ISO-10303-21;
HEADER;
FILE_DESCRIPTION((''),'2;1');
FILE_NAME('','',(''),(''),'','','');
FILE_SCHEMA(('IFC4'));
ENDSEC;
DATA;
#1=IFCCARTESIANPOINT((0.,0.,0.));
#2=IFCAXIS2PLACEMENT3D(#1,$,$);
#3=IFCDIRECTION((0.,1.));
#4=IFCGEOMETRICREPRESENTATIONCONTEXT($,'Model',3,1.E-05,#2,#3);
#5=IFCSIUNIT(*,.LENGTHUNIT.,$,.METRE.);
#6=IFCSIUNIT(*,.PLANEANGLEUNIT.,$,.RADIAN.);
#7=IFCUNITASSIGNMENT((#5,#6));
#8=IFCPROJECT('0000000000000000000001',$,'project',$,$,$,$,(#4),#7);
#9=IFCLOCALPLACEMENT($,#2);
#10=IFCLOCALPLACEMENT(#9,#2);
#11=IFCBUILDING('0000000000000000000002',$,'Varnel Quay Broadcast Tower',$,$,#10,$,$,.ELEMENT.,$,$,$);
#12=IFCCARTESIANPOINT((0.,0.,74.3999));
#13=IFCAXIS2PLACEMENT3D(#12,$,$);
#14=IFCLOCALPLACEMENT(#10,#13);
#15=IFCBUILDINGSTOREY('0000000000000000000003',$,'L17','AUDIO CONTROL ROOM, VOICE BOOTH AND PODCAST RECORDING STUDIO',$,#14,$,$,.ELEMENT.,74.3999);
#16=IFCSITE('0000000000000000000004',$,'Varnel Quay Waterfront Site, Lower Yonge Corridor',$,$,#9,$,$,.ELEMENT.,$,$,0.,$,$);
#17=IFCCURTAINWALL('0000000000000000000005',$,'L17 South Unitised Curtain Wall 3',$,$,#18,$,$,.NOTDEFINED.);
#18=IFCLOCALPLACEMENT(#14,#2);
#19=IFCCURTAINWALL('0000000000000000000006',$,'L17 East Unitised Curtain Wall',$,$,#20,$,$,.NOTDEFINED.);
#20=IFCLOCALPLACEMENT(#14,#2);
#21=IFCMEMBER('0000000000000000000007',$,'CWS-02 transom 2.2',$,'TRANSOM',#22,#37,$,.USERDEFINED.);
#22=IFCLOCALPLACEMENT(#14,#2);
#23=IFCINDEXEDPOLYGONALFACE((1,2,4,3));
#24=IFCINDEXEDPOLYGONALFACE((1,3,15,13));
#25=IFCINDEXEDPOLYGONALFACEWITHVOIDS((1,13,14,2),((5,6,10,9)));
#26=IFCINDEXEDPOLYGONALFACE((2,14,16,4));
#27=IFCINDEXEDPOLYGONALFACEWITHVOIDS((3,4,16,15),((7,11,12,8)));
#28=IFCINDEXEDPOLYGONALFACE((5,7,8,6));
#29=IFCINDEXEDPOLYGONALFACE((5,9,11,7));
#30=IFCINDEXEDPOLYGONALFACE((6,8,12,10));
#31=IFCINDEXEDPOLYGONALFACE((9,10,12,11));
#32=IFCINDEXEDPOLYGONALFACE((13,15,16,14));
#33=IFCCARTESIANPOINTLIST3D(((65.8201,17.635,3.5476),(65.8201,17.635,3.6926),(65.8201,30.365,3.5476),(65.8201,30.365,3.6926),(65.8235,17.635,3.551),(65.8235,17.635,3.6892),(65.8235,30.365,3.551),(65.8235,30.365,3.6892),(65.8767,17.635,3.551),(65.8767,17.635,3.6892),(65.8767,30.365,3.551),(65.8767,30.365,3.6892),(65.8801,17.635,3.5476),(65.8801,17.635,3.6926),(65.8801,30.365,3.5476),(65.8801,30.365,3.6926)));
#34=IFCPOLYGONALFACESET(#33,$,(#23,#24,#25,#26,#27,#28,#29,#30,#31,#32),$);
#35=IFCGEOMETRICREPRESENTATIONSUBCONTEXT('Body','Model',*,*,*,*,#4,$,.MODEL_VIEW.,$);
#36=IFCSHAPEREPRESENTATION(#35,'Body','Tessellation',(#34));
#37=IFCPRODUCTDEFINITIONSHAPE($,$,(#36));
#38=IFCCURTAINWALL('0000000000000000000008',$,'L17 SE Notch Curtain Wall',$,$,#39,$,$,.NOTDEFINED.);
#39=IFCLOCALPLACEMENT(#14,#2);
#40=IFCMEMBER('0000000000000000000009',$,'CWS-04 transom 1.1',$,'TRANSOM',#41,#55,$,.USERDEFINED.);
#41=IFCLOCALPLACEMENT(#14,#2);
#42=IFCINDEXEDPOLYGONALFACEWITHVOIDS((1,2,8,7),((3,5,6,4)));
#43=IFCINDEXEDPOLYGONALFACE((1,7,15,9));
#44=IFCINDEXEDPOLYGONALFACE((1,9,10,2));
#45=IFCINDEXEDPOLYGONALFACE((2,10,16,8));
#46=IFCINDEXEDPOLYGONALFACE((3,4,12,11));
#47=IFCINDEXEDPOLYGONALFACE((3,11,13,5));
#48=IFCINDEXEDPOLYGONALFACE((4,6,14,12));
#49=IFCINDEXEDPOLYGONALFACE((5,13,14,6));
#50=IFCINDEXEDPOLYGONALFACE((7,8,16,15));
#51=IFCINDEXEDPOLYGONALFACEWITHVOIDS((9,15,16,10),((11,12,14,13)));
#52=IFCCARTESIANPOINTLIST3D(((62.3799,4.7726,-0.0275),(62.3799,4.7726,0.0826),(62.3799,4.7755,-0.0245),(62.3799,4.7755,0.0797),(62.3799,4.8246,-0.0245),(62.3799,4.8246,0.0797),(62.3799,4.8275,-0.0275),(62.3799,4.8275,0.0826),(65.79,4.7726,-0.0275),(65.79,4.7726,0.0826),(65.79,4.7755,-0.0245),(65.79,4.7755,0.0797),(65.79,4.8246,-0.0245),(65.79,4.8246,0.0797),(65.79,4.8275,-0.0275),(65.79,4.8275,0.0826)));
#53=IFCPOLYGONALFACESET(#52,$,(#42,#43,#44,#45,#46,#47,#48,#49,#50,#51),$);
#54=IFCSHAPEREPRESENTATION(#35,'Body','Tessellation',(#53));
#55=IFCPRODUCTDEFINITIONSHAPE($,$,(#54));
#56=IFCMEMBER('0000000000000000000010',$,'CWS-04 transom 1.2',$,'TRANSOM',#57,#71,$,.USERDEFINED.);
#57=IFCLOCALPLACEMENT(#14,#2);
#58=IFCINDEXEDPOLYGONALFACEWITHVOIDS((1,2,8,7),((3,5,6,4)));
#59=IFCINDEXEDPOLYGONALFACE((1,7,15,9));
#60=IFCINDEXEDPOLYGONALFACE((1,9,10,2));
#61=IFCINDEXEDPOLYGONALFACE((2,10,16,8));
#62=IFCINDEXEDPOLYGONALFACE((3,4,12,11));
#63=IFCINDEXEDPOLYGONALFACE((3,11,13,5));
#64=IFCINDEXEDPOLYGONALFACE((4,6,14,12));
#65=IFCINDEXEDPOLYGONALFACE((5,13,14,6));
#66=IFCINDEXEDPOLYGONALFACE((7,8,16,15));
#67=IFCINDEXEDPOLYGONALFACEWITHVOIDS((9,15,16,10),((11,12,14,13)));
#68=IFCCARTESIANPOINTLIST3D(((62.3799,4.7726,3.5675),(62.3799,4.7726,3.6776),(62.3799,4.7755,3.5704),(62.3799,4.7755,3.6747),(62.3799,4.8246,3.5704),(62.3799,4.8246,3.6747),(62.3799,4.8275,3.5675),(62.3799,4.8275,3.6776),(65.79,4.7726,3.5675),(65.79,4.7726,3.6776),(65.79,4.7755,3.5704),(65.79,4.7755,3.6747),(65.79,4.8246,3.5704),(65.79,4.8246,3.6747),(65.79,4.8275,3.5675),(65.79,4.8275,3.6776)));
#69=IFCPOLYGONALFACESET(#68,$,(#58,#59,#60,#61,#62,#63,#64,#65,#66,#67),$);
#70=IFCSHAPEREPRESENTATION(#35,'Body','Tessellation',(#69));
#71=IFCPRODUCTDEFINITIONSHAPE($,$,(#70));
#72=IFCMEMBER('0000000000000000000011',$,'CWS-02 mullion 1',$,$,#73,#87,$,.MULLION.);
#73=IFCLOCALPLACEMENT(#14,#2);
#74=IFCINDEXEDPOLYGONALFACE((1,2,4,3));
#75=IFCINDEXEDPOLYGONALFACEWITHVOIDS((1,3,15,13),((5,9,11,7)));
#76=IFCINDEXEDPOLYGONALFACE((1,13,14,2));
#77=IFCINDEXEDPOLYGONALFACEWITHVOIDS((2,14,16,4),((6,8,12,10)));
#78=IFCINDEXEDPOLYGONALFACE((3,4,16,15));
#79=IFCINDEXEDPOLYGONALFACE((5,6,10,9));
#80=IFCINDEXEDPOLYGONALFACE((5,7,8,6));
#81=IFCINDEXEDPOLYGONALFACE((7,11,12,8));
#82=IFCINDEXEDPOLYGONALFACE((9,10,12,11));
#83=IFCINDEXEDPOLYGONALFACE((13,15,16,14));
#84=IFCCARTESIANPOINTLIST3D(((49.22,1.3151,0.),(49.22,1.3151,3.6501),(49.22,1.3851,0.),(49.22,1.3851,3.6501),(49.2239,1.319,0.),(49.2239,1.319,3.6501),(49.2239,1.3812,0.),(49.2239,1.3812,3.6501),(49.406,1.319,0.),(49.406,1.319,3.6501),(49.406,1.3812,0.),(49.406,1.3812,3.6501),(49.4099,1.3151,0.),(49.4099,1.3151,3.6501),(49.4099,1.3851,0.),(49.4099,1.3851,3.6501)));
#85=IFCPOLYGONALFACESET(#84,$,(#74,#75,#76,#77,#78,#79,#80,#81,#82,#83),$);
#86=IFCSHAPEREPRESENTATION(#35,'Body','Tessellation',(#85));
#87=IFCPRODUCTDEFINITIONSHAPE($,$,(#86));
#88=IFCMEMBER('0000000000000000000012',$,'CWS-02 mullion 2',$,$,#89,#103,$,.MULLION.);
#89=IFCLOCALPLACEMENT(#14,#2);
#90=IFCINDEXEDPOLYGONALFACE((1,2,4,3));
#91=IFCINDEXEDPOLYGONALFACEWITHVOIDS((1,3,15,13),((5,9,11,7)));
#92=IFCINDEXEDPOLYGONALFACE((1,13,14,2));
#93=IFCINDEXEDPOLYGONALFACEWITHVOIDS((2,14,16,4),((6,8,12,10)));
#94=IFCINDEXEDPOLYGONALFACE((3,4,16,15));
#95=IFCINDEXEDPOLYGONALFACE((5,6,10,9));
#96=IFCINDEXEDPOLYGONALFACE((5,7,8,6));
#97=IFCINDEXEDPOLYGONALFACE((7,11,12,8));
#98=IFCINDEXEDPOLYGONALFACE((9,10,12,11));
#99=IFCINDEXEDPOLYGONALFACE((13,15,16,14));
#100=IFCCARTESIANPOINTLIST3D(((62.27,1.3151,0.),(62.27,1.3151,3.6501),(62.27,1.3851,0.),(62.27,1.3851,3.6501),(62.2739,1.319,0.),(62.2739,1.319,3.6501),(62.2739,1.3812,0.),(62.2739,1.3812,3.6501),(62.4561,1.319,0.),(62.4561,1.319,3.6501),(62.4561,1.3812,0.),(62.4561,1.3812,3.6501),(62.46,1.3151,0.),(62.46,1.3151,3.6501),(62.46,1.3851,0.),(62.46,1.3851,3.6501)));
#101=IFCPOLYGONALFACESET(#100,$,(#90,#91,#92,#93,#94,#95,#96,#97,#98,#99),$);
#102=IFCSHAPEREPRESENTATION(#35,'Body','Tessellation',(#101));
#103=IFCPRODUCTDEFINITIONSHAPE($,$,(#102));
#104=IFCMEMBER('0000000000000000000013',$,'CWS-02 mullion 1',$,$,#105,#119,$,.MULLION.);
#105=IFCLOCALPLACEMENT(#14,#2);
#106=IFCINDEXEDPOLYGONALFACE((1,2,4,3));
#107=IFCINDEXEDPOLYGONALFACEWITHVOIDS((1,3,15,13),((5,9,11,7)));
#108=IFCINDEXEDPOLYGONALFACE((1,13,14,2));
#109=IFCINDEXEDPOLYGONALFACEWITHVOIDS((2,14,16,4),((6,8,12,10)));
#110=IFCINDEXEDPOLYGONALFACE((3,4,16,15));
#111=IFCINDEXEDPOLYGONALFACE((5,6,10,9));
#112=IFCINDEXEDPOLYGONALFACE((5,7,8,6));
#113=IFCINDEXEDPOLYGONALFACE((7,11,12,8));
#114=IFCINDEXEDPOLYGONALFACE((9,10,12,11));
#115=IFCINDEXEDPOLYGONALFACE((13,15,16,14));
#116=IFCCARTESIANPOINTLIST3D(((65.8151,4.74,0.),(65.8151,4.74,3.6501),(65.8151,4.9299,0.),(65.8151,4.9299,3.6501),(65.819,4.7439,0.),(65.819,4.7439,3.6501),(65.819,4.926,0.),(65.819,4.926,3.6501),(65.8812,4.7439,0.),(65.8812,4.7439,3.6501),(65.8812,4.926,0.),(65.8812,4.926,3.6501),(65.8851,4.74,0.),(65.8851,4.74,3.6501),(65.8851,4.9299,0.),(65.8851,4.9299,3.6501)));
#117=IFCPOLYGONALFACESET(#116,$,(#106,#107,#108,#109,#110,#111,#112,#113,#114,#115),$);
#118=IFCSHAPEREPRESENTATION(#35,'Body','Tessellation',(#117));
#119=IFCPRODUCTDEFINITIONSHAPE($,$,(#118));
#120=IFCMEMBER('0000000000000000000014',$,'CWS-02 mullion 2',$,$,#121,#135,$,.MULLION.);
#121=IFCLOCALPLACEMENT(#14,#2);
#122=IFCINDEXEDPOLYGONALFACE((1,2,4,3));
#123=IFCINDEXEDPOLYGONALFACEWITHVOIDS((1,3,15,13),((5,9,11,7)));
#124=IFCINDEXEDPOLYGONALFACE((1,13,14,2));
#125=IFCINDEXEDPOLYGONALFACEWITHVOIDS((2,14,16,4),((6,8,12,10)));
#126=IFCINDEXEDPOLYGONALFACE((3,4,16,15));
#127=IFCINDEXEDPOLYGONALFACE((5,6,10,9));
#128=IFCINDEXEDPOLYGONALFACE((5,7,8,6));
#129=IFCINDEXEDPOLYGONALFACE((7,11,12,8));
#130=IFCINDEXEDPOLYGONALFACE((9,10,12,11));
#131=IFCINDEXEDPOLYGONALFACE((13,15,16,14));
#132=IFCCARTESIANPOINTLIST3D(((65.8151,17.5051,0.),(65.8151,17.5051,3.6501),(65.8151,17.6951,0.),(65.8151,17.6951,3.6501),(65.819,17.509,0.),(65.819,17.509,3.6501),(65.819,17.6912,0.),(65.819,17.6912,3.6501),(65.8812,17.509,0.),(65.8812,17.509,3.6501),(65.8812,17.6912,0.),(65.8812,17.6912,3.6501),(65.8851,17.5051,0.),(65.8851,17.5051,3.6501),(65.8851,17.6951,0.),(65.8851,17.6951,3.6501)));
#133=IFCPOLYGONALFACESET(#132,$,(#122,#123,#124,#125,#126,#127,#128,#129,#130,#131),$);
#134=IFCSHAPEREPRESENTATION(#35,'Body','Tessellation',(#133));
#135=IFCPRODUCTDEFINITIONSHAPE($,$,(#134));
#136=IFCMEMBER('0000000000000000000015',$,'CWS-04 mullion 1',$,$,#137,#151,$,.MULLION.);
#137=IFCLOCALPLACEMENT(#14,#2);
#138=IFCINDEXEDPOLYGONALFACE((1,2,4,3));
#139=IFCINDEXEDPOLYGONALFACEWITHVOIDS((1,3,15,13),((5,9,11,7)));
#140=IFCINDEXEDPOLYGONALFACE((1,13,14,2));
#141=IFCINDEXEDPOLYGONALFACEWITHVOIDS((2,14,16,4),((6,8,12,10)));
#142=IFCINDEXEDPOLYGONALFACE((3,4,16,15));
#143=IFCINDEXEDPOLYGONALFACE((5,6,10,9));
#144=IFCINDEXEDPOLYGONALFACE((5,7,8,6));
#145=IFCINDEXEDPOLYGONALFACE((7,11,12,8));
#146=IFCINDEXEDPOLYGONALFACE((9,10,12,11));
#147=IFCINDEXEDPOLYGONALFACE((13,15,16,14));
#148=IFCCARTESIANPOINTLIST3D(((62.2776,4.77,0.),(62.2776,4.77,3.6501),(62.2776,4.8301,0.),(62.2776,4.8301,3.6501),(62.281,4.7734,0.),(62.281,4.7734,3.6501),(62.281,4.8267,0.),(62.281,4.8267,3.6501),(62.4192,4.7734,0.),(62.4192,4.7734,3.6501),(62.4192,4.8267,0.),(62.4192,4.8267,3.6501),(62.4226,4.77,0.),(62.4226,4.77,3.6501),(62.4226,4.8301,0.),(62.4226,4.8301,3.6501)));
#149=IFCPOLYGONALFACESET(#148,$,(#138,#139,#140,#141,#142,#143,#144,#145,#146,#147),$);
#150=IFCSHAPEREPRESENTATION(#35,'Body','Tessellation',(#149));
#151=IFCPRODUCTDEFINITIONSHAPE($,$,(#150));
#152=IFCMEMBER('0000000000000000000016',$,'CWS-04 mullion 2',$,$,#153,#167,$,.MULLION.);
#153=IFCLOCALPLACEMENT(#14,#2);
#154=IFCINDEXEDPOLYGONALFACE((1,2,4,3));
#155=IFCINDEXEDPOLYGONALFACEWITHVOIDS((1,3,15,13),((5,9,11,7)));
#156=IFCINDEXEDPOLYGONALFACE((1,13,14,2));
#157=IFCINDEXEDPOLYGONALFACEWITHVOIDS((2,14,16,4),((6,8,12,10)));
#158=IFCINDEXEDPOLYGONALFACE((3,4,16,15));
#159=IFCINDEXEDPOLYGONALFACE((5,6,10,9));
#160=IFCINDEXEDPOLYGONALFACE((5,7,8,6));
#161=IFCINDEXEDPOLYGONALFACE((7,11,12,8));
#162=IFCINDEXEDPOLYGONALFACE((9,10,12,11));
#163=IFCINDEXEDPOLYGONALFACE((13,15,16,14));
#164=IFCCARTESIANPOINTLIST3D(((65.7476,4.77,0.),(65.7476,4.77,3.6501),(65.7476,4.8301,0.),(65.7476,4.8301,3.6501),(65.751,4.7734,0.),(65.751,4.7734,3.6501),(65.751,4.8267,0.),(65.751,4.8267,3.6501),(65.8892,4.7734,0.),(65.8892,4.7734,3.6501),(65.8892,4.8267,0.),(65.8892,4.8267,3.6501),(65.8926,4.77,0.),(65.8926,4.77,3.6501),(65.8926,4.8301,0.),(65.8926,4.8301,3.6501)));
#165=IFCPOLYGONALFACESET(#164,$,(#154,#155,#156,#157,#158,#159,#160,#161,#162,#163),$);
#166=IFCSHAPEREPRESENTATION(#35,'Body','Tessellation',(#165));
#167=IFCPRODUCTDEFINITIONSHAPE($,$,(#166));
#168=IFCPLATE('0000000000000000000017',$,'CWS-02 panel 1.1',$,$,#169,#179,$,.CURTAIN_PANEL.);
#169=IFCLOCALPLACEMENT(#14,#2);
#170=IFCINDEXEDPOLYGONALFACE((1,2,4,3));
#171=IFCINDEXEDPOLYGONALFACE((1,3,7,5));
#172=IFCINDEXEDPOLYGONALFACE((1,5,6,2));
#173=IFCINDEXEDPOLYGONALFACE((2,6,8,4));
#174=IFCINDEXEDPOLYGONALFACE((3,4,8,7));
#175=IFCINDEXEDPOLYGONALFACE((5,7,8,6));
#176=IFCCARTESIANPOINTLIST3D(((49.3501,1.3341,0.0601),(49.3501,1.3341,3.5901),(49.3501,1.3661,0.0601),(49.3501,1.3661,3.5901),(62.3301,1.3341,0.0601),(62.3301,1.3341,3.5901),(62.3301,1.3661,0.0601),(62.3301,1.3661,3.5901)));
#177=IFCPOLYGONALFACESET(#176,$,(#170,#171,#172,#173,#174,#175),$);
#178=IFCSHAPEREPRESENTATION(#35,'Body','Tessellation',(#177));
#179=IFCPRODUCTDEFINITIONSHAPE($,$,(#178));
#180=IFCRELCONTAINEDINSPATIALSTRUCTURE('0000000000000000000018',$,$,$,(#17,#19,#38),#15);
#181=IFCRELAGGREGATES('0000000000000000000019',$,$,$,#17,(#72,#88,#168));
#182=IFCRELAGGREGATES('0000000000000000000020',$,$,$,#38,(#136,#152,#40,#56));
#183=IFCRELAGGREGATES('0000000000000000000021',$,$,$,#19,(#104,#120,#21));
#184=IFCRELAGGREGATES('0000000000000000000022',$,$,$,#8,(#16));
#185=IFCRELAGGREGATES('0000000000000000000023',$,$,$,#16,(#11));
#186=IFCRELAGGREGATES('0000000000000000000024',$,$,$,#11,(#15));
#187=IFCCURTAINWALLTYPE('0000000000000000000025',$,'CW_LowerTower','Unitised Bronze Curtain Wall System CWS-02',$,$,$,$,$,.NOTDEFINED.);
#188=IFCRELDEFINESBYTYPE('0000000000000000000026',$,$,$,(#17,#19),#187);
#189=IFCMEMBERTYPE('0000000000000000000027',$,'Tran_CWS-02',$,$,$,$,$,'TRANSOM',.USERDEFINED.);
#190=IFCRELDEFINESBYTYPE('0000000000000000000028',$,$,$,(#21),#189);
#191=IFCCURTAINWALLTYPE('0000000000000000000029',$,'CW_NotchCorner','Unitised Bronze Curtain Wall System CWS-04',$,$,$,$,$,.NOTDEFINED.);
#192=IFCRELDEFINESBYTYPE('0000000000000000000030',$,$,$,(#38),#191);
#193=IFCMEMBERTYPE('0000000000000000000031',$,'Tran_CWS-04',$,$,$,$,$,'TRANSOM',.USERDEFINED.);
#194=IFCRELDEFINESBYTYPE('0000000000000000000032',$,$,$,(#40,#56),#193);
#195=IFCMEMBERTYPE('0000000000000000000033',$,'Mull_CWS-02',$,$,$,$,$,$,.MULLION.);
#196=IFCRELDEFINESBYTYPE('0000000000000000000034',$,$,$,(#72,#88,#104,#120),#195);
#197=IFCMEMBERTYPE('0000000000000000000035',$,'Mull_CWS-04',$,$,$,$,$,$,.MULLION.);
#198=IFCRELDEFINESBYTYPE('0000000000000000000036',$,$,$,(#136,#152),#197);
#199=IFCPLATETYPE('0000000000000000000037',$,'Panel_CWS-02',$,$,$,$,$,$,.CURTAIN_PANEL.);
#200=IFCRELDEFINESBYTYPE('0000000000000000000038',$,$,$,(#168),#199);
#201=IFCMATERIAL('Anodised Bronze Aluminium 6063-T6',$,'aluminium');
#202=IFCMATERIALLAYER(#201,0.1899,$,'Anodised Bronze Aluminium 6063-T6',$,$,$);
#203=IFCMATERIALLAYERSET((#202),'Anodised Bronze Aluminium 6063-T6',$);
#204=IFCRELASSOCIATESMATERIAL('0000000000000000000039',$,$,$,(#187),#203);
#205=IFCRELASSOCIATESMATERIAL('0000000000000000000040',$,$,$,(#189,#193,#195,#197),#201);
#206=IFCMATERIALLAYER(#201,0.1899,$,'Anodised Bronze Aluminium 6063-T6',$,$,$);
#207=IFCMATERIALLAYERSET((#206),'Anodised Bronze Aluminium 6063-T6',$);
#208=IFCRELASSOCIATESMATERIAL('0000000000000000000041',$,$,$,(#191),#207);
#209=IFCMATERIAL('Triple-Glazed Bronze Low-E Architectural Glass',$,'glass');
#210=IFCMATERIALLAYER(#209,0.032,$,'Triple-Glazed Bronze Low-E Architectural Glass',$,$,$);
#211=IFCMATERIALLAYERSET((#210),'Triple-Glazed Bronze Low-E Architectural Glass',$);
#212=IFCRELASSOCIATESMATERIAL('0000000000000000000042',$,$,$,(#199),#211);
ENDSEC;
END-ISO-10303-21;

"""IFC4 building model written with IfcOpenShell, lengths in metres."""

from ifc_helpers import new_model, si_unit, direction, frame, origin, origin_2d, place, context, subcontext, project, spatial, rectangle, hollow_rectangle, extrude, source, transform, mapped, material, layer, layer_set, material_profile, profile_set, type_object, type_shapes, element, aggregate, save


model = new_model("IFC4")

# Units and contexts
model_context = context("Model", 3, precision=1e-05, world=origin(), true_north=direction((0.0, 1.0)))
body_context = subcontext(model_context, "Body", "Model", "MODEL_VIEW")
ifc_project = project(units=[si_unit("LENGTHUNIT", "METRE"), si_unit("PLANEANGLEUNIT", "RADIAN")], contexts=[model_context])

# Site, building, storey
site_placement = place(None, origin())
site = spatial("IfcSite", under=ifc_project, at=site_placement, Name="Varnel Quay Waterfront Site, Lower Yonge Corridor", CompositionType="ELEMENT", RefElevation=0.0)
building_placement = place(site_placement, origin())
building = spatial("IfcBuilding", under=site, at=building_placement, Name="Varnel Quay Broadcast Tower", CompositionType="ELEMENT")
storey_placement = place(building_placement, frame((0.0, 0.0, 74.3999)))
storey = spatial("IfcBuildingStorey", under=building, at=storey_placement, Name="L17", Description="AUDIO CONTROL ROOM, VOICE BOOTH AND PODCAST RECORDING STUDIO", CompositionType="ELEMENT", Elevation=74.3999)

# Curtain walls, members
ifc_material_1 = material(Name="Anodised Bronze Aluminium 6063-T6", Category="aluminium")
ifc_layer_1 = layer(ifc_material_1, 0.1899, Name="Anodised Bronze Aluminium 6063-T6")
ifc_layer_set_1 = layer_set([ifc_layer_1], Name="Anodised Bronze Aluminium 6063-T6")
curtain_wall_type_1 = type_object("IfcCurtainWallType", Name="CW_LowerTower", Description="Unitised Bronze Curtain Wall System CWS-02", PredefinedType="NOTDEFINED", material=ifc_layer_set_1)
curtain_wall_1_placement = place(storey_placement, origin())
curtain_wall_1 = element("IfcCurtainWall", 1, at=curtain_wall_1_placement, inside=storey, type_object=curtain_wall_type_1, Name="L17 South Unitised Curtain Wall 3", PredefinedType="NOTDEFINED")
ifc_material_profile_1 = material_profile(ifc_material_1, hollow_rectangle(XDim=0.0601, YDim=0.145, WallThickness=0.0034, at=origin_2d()), Name="ALU60X145X3.5")
ifc_profile_set_1 = profile_set([ifc_material_profile_1], Name="Anodised Bronze Aluminium 6063-T6")
member_type_1 = type_object("IfcMemberType", Name="Tran_CWS-02", ElementType="TRANSOM", PredefinedType="USERDEFINED", material=ifc_profile_set_1)
curtain_wall_2_placement = place(storey_placement, origin())
curtain_wall_2 = element("IfcCurtainWall", 2, at=curtain_wall_2_placement, inside=storey, type_object=curtain_wall_type_1, Name="L17 East Unitised Curtain Wall", PredefinedType="NOTDEFINED")
shared_shape_1 = source(origin(), body_context, "Body", "SweptSolid", [
    extrude(hollow_rectangle(XDim=0.0601, YDim=0.145, WallThickness=0.0034, at=origin_2d()), origin(), (0.0, 0.0, 1.0), 12.73),
])
member_1_placement = place(storey_placement, frame((65.8501, 17.635, 3.6201), z_axis=(0.0, 1.0, 0.0), x_axis=(-1.0, 0.0, 0.0)))
member_1 = element("IfcMember", 3, at=member_1_placement, type_object=member_type_1, Name="CWS-02 transom 2.2", ObjectType="TRANSOM", PredefinedType="USERDEFINED", context=body_context, shape_type="MappedRepresentation", body=[
    mapped(shared_shape_1, transform((0.0, 0.0, 0.0), x_axis=(1.0, 0.0, 0.0), y_axis=(0.0, 1.0, 0.0), z_axis=(0.0, 0.0, 1.0), scale=1.0)),
])
ifc_layer_2 = layer(ifc_material_1, 0.1899, Name="Anodised Bronze Aluminium 6063-T6")
ifc_layer_set_2 = layer_set([ifc_layer_2], Name="Anodised Bronze Aluminium 6063-T6")
curtain_wall_type_2 = type_object("IfcCurtainWallType", Name="CW_NotchCorner", Description="Unitised Bronze Curtain Wall System CWS-04", PredefinedType="NOTDEFINED", material=ifc_layer_set_2)
curtain_wall_3_placement = place(storey_placement, origin())
curtain_wall_3 = element("IfcCurtainWall", 4, at=curtain_wall_3_placement, inside=storey, type_object=curtain_wall_type_2, Name="L17 SE Notch Curtain Wall", PredefinedType="NOTDEFINED")
ifc_material_profile_2 = material_profile(ifc_material_1, hollow_rectangle(XDim=0.0549, YDim=0.1101, WallThickness=0.0029, at=origin_2d()), Name="ALU55X110X3")
ifc_profile_set_2 = profile_set([ifc_material_profile_2], Name="Anodised Bronze Aluminium 6063-T6")
member_type_2 = type_object("IfcMemberType", Name="Tran_CWS-04", ElementType="TRANSOM", PredefinedType="USERDEFINED", material=ifc_profile_set_2)
shared_shape_2 = source(origin(), body_context, "Body", "SweptSolid", [
    extrude(hollow_rectangle(XDim=0.0549, YDim=0.1101, WallThickness=0.0029, at=origin_2d()), origin(), (0.0, 0.0, 1.0), 3.4102),
])
type_shapes(member_type_2, [shared_shape_2])
member_2_placement = place(storey_placement, frame((62.3799, 4.8, 0.0276), z_axis=(1.0, 0.0, 0.0), x_axis=(0.0, 1.0, 0.0)))
member_2 = element("IfcMember", 5, at=member_2_placement, type_object=member_type_2, Name="CWS-04 transom 1.1", ObjectType="TRANSOM", PredefinedType="USERDEFINED", context=body_context, shape_type="MappedRepresentation", body=[
    mapped(shared_shape_2, transform((0.0, 0.0, 0.0), x_axis=(1.0, 0.0, 0.0), y_axis=(0.0, 1.0, 0.0), z_axis=(0.0, 0.0, 1.0), scale=1.0)),
])
member_3_placement = place(storey_placement, frame((62.3799, 4.8, 3.6226), z_axis=(1.0, 0.0, 0.0), x_axis=(0.0, 1.0, 0.0)))
member_3 = element("IfcMember", 6, at=member_3_placement, type_object=member_type_2, Name="CWS-04 transom 1.2", ObjectType="TRANSOM", PredefinedType="USERDEFINED", context=body_context, shape_type="MappedRepresentation", body=[
    mapped(shared_shape_2, transform((0.0, 0.0, 0.0), x_axis=(1.0, 0.0, 0.0), y_axis=(0.0, 1.0, 0.0), z_axis=(0.0, 0.0, 1.0), scale=1.0)),
])

# Members
ifc_material_profile_3 = material_profile(ifc_material_1, hollow_rectangle(XDim=0.0701, YDim=0.1899, WallThickness=0.0039, at=origin_2d()), Name="ALU70X190X4")
ifc_profile_set_3 = profile_set([ifc_material_profile_3], Name="Anodised Bronze Aluminium 6063-T6")
member_type_3 = type_object("IfcMemberType", Name="Mull_CWS-02", PredefinedType="MULLION", material=ifc_profile_set_3)
shared_shape_3 = source(origin(), body_context, "Body", "SweptSolid", [
    extrude(hollow_rectangle(XDim=0.0701, YDim=0.1899, WallThickness=0.0039, at=origin_2d()), origin(), (0.0, 0.0, 1.0), 3.6501),
])
type_shapes(member_type_3, [shared_shape_3])
member_4_placement = place(storey_placement, frame((49.3149, 1.3501, 0.0), z_axis=(0.0, 0.0, 1.0), x_axis=(0.0, 1.0, 0.0)))
member_4 = element("IfcMember", 7, at=member_4_placement, type_object=member_type_3, Name="CWS-02 mullion 1", PredefinedType="MULLION", context=body_context, shape_type="MappedRepresentation", body=[
    mapped(shared_shape_3, transform((0.0, 0.0, 0.0), x_axis=(1.0, 0.0, 0.0), y_axis=(0.0, 1.0, 0.0), z_axis=(0.0, 0.0, 1.0), scale=1.0)),
])
member_5_placement = place(storey_placement, frame((62.365, 1.3501, 0.0), z_axis=(0.0, 0.0, 1.0), x_axis=(0.0, 1.0, 0.0)))
member_5 = element("IfcMember", 8, at=member_5_placement, type_object=member_type_3, Name="CWS-02 mullion 2", PredefinedType="MULLION", context=body_context, shape_type="MappedRepresentation", body=[
    mapped(shared_shape_3, transform((0.0, 0.0, 0.0), x_axis=(1.0, 0.0, 0.0), y_axis=(0.0, 1.0, 0.0), z_axis=(0.0, 0.0, 1.0), scale=1.0)),
])
member_6_placement = place(storey_placement, frame((65.8501, 4.835, 0.0), z_axis=(0.0, 0.0, 1.0), x_axis=(-1.0, 0.0, 0.0)))
member_6 = element("IfcMember", 9, at=member_6_placement, type_object=member_type_3, Name="CWS-02 mullion 1", PredefinedType="MULLION", context=body_context, shape_type="MappedRepresentation", body=[
    mapped(shared_shape_3, transform((0.0, 0.0, 0.0), x_axis=(1.0, 0.0, 0.0), y_axis=(0.0, 1.0, 0.0), z_axis=(0.0, 0.0, 1.0), scale=1.0)),
])
member_7_placement = place(storey_placement, frame((65.8501, 17.6001, 0.0), z_axis=(0.0, 0.0, 1.0), x_axis=(-1.0, 0.0, 0.0)))
member_7 = element("IfcMember", 10, at=member_7_placement, type_object=member_type_3, Name="CWS-02 mullion 2", PredefinedType="MULLION", context=body_context, shape_type="MappedRepresentation", body=[
    mapped(shared_shape_3, transform((0.0, 0.0, 0.0), x_axis=(1.0, 0.0, 0.0), y_axis=(0.0, 1.0, 0.0), z_axis=(0.0, 0.0, 1.0), scale=1.0)),
])
ifc_material_profile_4 = material_profile(ifc_material_1, hollow_rectangle(XDim=0.0601, YDim=0.145, WallThickness=0.0034, at=origin_2d()), Name="ALU60X145X3.5")
ifc_profile_set_4 = profile_set([ifc_material_profile_4], Name="Anodised Bronze Aluminium 6063-T6")
member_type_4 = type_object("IfcMemberType", Name="Mull_CWS-04", PredefinedType="MULLION", material=ifc_profile_set_4)
shared_shape_4 = source(origin(), body_context, "Body", "SweptSolid", [
    extrude(hollow_rectangle(XDim=0.0601, YDim=0.145, WallThickness=0.0034, at=origin_2d()), origin(), (0.0, 0.0, 1.0), 3.6501),
])
type_shapes(member_type_4, [shared_shape_4])
member_8_placement = place(storey_placement, frame((62.3501, 4.8, 0.0), z_axis=(0.0, 0.0, 1.0), x_axis=(0.0, 1.0, 0.0)))
member_8 = element("IfcMember", 11, at=member_8_placement, type_object=member_type_4, Name="CWS-04 mullion 1", PredefinedType="MULLION", context=body_context, shape_type="MappedRepresentation", body=[
    mapped(shared_shape_4, transform((0.0, 0.0, 0.0), x_axis=(1.0, 0.0, 0.0), y_axis=(0.0, 1.0, 0.0), z_axis=(0.0, 0.0, 1.0), scale=1.0)),
])
member_9_placement = place(storey_placement, frame((65.8201, 4.8, 0.0), z_axis=(0.0, 0.0, 1.0), x_axis=(0.0, 1.0, 0.0)))
member_9 = element("IfcMember", 12, at=member_9_placement, type_object=member_type_4, Name="CWS-04 mullion 2", PredefinedType="MULLION", context=body_context, shape_type="MappedRepresentation", body=[
    mapped(shared_shape_4, transform((0.0, 0.0, 0.0), x_axis=(1.0, 0.0, 0.0), y_axis=(0.0, 1.0, 0.0), z_axis=(0.0, 0.0, 1.0), scale=1.0)),
])

# Plate
ifc_material_2 = material(Name="Triple-Glazed Bronze Low-E Architectural Glass", Category="glass")
ifc_layer_3 = layer(ifc_material_2, 0.032, Name="Triple-Glazed Bronze Low-E Architectural Glass")
ifc_layer_set_3 = layer_set([ifc_layer_3], Name="Triple-Glazed Bronze Low-E Architectural Glass")
plate_type_1 = type_object("IfcPlateType", Name="Panel_CWS-02", PredefinedType="CURTAIN_PANEL", material=ifc_layer_set_3)
shared_shape_5 = source(origin(), body_context, "Body", "SweptSolid", [
    extrude(rectangle(XDim=12.98, YDim=0.032, at=origin_2d()), origin(), (0.0, 0.0, 1.0), 3.53),
])
plate_1_placement = place(storey_placement, frame((55.8401, 1.3501, 0.0601), z_axis=(0.0, 0.0, 1.0), x_axis=(1.0, 0.0, 0.0)))
plate_1 = element("IfcPlate", 13, at=plate_1_placement, type_object=plate_type_1, Name="CWS-02 panel 1.1", PredefinedType="CURTAIN_PANEL", context=body_context, shape_type="MappedRepresentation", body=[
    mapped(shared_shape_5, transform((0.0, 0.0, 0.0), x_axis=(1.0, 0.0, 0.0), y_axis=(0.0, 1.0, 0.0), z_axis=(0.0, 0.0, 1.0), scale=1.0)),
])
aggregate(curtain_wall_1, [member_4, member_5, plate_1])
aggregate(curtain_wall_3, [member_8, member_9, member_2, member_3])
aggregate(curtain_wall_2, [member_6, member_7, member_1])

save(model, "model.ifc")
